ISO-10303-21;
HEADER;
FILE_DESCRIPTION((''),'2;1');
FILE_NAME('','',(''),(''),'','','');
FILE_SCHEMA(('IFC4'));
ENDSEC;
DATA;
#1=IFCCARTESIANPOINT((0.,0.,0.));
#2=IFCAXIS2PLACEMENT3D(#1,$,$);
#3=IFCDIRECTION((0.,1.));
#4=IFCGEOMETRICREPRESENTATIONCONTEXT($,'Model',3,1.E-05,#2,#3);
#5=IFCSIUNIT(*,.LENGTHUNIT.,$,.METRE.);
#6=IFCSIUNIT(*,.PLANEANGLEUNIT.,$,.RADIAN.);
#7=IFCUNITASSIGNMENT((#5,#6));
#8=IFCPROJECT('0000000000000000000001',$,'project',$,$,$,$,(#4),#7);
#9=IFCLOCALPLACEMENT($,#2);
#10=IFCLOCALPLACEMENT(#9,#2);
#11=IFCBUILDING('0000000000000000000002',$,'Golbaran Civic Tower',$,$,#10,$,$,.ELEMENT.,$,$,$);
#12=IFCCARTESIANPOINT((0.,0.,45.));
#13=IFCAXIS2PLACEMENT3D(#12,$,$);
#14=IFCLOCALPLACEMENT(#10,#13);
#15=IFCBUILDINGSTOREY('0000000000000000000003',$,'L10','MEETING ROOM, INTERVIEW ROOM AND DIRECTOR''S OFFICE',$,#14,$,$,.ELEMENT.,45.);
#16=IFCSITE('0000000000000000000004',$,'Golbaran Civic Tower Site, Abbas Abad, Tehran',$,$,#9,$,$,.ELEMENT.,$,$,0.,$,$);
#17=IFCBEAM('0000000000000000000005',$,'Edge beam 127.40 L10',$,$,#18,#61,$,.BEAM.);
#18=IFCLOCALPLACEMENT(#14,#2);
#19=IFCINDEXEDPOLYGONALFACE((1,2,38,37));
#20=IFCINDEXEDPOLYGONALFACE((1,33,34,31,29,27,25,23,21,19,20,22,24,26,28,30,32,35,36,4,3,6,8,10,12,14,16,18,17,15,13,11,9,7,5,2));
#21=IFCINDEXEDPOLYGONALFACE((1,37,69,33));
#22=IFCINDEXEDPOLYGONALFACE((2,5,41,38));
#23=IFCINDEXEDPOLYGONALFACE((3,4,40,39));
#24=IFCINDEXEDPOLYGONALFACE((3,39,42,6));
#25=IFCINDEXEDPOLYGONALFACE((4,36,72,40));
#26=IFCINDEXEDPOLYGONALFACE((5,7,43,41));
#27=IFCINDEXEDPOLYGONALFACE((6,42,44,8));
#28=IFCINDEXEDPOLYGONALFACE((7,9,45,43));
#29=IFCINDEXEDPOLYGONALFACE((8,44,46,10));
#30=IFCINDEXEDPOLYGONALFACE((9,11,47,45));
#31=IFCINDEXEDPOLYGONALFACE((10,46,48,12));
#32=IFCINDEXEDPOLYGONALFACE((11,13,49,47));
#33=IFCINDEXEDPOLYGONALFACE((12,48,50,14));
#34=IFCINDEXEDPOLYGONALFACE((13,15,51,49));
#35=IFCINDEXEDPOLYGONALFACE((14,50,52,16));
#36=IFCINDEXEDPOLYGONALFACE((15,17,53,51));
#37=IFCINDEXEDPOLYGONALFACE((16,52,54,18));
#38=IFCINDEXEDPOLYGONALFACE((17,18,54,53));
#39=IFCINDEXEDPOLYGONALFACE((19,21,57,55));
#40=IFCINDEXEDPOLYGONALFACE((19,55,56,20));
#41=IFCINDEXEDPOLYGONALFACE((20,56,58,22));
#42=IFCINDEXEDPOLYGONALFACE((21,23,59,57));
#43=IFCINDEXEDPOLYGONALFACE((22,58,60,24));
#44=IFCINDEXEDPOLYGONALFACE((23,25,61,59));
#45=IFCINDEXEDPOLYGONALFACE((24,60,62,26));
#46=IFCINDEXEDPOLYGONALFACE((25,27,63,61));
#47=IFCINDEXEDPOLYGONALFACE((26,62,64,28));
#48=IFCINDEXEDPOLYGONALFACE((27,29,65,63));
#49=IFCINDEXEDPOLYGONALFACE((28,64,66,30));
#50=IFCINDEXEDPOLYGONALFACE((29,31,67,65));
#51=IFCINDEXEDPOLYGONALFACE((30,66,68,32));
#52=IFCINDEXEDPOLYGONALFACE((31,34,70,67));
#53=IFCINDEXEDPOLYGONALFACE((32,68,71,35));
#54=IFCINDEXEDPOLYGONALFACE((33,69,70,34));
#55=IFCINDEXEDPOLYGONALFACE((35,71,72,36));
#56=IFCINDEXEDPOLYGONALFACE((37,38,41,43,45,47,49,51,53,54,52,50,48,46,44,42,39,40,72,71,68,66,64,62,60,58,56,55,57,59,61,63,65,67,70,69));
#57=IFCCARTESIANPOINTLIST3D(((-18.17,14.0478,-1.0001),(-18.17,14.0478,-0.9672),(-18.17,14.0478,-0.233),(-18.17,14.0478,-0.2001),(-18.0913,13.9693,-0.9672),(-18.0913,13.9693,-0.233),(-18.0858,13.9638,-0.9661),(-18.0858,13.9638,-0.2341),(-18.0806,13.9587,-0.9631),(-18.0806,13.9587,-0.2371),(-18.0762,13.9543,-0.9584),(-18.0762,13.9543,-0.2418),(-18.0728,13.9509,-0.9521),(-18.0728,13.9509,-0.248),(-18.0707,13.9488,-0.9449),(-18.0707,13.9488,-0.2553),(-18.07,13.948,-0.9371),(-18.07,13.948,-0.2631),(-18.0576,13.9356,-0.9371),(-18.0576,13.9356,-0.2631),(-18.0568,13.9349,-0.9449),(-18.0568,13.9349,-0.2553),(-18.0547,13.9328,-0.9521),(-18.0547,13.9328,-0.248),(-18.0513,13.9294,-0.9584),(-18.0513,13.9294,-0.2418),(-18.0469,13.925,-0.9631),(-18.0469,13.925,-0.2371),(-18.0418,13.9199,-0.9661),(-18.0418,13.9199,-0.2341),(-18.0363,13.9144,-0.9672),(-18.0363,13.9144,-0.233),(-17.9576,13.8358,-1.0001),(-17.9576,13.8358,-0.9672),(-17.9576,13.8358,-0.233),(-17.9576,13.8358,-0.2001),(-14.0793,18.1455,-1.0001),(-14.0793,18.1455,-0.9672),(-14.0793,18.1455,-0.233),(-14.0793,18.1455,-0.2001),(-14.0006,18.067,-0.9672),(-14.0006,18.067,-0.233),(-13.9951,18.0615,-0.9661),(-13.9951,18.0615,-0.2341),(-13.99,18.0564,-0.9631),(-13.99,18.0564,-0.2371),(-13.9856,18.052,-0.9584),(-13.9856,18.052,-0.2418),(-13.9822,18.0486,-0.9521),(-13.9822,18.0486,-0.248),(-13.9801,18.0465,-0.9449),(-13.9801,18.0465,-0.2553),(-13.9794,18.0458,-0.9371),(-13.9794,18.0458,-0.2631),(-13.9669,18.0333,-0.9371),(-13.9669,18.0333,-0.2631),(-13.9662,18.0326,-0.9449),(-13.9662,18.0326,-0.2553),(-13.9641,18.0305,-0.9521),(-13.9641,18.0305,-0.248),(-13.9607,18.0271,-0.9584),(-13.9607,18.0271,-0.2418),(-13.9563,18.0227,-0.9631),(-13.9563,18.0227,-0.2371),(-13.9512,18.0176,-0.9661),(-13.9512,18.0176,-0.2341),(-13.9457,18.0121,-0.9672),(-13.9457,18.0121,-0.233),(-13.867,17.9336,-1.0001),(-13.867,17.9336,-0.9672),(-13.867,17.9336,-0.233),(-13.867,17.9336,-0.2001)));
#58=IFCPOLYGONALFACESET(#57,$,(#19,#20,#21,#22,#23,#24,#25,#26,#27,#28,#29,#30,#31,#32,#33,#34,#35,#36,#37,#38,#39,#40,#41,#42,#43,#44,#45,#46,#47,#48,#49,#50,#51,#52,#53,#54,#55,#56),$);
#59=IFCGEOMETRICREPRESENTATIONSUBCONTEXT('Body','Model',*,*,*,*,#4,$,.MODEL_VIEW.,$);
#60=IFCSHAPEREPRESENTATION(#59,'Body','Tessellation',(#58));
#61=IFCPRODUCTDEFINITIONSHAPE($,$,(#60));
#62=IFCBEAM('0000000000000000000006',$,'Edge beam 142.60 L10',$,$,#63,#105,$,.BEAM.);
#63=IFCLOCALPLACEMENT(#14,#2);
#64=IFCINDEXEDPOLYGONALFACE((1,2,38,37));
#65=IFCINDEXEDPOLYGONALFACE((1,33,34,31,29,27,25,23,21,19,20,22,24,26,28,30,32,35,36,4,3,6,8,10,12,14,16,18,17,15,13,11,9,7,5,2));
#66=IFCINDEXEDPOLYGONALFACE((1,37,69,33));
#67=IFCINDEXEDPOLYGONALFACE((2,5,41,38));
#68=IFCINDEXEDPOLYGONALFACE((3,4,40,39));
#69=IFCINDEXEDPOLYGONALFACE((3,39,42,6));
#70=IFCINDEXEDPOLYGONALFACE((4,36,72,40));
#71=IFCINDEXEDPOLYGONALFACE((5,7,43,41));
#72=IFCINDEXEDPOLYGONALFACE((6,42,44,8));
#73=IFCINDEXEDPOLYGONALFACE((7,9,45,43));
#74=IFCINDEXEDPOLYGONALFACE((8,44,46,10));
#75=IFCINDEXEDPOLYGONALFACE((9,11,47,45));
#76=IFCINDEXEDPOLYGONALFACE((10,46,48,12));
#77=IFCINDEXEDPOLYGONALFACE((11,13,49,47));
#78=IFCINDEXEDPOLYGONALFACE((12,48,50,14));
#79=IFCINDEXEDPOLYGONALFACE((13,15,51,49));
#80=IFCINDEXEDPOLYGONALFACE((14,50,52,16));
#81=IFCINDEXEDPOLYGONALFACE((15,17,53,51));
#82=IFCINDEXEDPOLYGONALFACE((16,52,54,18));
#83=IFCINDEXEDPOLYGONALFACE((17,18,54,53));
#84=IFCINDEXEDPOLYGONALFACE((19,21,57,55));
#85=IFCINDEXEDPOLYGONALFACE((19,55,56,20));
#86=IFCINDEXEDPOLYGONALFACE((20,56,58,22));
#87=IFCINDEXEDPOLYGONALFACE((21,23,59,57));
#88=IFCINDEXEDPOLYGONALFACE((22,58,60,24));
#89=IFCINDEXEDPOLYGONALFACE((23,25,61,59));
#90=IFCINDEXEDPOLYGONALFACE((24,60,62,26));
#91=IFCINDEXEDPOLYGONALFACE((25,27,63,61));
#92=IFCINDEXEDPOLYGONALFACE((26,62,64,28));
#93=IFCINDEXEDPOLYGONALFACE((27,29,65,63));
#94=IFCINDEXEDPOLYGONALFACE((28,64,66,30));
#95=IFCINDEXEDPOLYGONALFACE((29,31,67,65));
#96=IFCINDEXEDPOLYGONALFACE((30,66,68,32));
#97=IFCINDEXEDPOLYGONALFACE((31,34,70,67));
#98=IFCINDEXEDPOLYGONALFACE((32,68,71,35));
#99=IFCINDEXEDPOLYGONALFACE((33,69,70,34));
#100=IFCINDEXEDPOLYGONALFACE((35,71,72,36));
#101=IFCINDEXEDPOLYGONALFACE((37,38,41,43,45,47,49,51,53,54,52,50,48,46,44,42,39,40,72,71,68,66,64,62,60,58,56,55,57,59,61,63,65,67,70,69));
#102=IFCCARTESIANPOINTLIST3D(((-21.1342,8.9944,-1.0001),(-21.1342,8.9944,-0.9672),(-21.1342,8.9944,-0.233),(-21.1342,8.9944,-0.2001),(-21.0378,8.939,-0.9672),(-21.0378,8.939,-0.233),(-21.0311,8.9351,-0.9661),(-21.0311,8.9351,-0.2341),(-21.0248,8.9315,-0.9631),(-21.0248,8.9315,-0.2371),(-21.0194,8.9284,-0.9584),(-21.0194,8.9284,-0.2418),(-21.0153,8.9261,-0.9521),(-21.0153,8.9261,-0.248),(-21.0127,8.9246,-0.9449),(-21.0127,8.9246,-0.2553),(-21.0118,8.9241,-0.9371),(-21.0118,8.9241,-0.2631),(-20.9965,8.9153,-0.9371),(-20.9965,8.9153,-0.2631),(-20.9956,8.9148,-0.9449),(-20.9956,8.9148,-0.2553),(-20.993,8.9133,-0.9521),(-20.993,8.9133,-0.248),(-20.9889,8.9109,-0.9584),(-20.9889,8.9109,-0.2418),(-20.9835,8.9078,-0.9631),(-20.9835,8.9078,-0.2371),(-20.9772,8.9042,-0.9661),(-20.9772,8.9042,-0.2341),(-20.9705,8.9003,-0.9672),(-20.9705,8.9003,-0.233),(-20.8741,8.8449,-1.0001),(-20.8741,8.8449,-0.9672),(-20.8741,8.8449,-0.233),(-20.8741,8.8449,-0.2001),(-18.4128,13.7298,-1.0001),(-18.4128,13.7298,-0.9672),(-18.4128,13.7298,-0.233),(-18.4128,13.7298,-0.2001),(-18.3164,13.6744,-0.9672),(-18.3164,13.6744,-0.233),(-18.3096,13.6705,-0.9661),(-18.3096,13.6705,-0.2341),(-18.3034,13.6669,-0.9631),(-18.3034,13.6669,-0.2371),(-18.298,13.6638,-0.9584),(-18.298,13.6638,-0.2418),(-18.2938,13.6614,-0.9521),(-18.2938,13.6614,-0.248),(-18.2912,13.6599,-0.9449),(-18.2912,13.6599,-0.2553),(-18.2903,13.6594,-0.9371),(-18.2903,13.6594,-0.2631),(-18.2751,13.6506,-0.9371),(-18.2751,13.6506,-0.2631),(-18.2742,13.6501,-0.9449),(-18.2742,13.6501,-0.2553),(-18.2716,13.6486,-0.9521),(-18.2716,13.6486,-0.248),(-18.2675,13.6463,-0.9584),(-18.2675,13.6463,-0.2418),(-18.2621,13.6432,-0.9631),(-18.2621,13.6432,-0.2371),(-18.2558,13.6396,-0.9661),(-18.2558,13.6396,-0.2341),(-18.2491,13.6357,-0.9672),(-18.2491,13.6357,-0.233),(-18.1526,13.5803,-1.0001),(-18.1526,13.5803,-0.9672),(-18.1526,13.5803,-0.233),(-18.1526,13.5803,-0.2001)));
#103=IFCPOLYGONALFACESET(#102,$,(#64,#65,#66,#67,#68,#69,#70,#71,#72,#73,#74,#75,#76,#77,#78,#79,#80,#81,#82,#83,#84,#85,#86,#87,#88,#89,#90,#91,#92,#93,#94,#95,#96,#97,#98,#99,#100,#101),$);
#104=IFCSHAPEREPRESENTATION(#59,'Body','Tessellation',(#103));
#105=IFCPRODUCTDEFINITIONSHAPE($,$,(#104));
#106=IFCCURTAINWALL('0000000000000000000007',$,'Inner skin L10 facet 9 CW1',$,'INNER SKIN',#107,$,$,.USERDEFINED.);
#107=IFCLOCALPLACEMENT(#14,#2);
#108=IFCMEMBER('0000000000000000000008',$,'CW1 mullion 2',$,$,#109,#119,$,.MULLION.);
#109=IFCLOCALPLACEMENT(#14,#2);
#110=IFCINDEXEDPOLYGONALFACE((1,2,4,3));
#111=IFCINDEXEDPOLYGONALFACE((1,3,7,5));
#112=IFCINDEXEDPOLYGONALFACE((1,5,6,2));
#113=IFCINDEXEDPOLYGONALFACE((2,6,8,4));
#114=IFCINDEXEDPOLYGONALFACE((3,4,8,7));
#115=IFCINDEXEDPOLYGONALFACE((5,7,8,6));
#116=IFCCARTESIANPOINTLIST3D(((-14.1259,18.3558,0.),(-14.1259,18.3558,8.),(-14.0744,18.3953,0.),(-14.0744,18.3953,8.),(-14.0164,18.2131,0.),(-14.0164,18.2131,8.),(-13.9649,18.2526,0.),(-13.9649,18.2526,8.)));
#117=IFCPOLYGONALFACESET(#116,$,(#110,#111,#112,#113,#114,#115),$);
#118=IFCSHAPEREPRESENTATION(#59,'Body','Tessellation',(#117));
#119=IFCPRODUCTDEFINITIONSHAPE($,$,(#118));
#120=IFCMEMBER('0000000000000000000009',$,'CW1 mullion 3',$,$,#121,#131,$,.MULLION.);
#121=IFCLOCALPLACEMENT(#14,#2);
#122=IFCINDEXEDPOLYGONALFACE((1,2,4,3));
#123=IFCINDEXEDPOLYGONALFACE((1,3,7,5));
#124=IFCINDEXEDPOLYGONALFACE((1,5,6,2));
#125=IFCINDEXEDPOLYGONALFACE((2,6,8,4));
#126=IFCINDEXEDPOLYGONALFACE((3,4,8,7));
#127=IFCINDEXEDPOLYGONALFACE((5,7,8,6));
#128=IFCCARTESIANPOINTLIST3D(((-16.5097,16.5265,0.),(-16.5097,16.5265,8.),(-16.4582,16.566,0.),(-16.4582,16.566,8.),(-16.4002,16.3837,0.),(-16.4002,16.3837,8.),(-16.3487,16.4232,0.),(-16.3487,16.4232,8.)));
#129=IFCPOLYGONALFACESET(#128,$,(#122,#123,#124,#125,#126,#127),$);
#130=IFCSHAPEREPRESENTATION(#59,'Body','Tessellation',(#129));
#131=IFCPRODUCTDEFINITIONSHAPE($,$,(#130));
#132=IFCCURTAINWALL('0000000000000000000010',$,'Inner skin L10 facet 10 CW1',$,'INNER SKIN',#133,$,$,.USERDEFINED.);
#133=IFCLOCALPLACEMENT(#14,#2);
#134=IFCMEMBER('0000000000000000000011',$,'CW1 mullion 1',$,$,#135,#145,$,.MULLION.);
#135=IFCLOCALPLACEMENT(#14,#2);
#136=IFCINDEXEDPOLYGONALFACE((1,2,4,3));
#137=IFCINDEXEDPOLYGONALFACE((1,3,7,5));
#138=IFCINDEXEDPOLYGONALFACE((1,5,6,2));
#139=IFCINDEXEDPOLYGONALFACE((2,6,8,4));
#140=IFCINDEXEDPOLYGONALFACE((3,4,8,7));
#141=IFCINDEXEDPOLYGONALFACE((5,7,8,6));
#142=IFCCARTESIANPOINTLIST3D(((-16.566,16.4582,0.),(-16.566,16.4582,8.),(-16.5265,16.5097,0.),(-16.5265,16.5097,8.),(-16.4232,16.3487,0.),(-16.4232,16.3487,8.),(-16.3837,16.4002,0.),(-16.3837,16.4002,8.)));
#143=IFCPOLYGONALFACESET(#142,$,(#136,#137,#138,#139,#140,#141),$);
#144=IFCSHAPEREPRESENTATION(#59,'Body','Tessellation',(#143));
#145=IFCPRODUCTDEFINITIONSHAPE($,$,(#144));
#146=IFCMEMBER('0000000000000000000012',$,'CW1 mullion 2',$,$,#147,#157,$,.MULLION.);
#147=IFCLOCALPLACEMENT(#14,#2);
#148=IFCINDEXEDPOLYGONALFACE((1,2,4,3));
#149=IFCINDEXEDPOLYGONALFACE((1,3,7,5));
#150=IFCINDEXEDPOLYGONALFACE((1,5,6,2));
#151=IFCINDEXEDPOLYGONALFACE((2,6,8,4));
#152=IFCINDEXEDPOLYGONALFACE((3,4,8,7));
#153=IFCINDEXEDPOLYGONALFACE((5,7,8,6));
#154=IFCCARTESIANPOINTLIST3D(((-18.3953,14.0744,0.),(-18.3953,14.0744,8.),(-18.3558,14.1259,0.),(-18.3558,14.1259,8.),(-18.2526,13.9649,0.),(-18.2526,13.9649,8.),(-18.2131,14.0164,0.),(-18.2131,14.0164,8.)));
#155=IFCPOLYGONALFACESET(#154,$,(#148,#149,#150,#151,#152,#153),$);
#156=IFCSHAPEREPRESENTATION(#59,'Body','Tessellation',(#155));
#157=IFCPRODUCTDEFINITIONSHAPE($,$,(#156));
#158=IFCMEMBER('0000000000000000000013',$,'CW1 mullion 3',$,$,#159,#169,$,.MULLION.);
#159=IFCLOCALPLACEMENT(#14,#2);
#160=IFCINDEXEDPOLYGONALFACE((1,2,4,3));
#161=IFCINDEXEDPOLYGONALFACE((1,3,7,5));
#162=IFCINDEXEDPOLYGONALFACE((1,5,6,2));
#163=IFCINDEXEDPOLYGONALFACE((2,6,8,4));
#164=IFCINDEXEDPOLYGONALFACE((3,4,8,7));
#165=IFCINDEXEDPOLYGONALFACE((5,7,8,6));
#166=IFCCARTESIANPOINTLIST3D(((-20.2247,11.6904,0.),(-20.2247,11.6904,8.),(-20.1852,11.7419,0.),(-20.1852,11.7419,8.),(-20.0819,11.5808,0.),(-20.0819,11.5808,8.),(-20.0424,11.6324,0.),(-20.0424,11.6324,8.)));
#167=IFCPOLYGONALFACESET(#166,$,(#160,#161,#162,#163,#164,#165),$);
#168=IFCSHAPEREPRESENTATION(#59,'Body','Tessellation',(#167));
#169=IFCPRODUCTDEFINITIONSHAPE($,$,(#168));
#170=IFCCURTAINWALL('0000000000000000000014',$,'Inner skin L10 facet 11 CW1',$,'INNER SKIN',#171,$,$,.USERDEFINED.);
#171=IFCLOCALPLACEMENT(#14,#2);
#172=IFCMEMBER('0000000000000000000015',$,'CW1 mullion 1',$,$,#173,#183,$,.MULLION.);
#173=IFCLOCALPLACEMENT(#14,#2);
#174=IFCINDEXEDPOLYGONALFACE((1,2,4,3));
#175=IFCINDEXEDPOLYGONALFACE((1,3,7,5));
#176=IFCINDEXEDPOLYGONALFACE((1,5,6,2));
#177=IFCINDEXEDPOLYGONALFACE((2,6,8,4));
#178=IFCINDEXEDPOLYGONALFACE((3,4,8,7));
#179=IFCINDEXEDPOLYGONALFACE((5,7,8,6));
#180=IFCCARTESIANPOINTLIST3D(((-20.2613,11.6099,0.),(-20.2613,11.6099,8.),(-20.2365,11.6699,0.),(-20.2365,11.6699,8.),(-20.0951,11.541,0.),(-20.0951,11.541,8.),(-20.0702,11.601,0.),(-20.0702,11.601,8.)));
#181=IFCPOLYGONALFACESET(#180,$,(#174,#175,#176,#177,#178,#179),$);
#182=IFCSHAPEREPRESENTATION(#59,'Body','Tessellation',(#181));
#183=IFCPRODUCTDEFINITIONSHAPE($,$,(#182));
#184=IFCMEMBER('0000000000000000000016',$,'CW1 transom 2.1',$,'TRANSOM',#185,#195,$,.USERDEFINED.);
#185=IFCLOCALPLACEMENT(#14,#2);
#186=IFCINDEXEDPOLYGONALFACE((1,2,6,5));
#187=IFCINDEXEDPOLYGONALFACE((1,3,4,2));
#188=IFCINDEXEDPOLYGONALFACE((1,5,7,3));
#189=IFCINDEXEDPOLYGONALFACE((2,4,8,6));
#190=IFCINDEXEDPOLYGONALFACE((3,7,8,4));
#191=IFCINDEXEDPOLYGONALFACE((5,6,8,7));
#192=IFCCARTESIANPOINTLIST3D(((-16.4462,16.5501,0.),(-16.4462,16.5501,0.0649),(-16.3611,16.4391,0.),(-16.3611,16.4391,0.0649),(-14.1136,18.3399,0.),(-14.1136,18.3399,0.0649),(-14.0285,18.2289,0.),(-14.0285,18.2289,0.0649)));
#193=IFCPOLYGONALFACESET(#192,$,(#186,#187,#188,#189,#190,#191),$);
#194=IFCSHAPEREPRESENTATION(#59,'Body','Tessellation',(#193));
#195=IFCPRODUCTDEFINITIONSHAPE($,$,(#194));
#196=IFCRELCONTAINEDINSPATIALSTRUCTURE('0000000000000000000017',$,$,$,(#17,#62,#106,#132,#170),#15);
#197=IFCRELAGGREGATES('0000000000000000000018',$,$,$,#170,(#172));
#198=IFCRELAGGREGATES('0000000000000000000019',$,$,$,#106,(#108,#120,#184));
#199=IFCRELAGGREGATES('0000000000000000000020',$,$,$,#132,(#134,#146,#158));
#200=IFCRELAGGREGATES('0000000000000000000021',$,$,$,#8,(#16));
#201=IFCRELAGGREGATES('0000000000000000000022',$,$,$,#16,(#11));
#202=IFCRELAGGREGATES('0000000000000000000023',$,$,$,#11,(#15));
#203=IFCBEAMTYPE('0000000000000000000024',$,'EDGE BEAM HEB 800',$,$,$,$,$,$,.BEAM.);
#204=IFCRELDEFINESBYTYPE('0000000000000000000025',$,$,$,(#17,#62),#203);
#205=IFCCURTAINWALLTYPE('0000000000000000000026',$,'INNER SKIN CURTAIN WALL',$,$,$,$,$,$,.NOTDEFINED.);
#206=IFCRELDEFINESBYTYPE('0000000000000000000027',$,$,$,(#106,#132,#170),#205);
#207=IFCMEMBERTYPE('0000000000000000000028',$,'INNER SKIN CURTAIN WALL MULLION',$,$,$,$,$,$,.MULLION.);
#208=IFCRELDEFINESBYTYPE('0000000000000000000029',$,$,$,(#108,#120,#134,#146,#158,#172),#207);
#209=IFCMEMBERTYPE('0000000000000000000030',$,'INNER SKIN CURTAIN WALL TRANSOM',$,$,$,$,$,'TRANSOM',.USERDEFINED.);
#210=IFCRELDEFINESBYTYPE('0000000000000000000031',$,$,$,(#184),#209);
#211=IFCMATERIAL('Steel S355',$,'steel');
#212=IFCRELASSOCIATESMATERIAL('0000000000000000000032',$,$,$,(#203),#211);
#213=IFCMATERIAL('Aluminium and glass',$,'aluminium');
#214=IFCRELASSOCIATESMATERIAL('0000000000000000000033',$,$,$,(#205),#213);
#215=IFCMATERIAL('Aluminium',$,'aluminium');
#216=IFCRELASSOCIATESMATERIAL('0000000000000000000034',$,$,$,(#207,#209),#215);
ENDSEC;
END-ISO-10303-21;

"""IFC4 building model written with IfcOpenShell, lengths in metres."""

from ifc_helpers import new_model, si_unit, direction, frame, origin, origin_2d, place, context, subcontext, project, spatial, rectangle, i_section, extrude, material, material_profile, profile_set, type_object, element, aggregate, save


model = new_model("IFC4")

# Units and contexts
model_context = context("Model", 3, precision=1e-05, world=origin(), true_north=direction((0.0, 1.0)))
body_context = subcontext(model_context, "Body", "Model", "MODEL_VIEW")
ifc_project = project(units=[si_unit("LENGTHUNIT", "METRE"), si_unit("PLANEANGLEUNIT", "RADIAN")], contexts=[model_context])

# Site, building, storey
site_placement = place(None, origin())
site = spatial("IfcSite", under=ifc_project, at=site_placement, Name="Golbaran Civic Tower Site, Abbas Abad, Tehran", CompositionType="ELEMENT", RefElevation=0.0)
building_placement = place(site_placement, origin())
building = spatial("IfcBuilding", under=site, at=building_placement, Name="Golbaran Civic Tower", CompositionType="ELEMENT")
storey_placement = place(building_placement, frame((0.0, 0.0, 45.0)))
storey = spatial("IfcBuildingStorey", under=building, at=storey_placement, Name="L10", Description="MEETING ROOM, INTERVIEW ROOM AND DIRECTOR'S OFFICE", CompositionType="ELEMENT", Elevation=45.0)

# Beams
ifc_material_1 = material(Name="Steel S355", Category="steel")
ifc_material_profile_1 = material_profile(ifc_material_1, i_section(OverallWidth=0.3, OverallDepth=0.8, WebThickness=0.0176, FlangeThickness=0.033, FilletRadius=0.03, at=origin_2d()), Name="HEB 800")
ifc_profile_set_1 = profile_set([ifc_material_profile_1], Name="Steel S355")
beam_type = type_object("IfcBeamType", Name="EDGE BEAM HEB 800", PredefinedType="BEAM", material=ifc_profile_set_1)
beam_1_placement = place(storey_placement, frame((-13.9731, 18.0396, -0.6001), z_axis=(-0.706495, -0.707718, 0.0), x_axis=(0.707718, -0.706495, 0.0)))
element("IfcBeam", 1, at=beam_1_placement, inside=storey, type_object=beam_type, Name="Edge beam 127.40 L10", PredefinedType="BEAM", context=body_context, shape_type="SweptSolid", body=[
    extrude(i_section(OverallWidth=0.3, OverallDepth=0.8, WebThickness=0.0176, FlangeThickness=0.033, FilletRadius=0.03, at=origin_2d()), origin(), (0.0, 0.0, 1.0), 5.79),
])
beam_2_placement = place(storey_placement, frame((-18.2827, 13.655, -0.6001), z_axis=(-0.49828, -0.867016, 0.0), x_axis=(0.867016, -0.49828, 0.0)))
element("IfcBeam", 2, at=beam_2_placement, inside=storey, type_object=beam_type, Name="Edge beam 142.60 L10", PredefinedType="BEAM", context=body_context, shape_type="SweptSolid", body=[
    extrude(i_section(OverallWidth=0.3, OverallDepth=0.8, WebThickness=0.0176, FlangeThickness=0.033, FilletRadius=0.03, at=origin_2d()), origin(), (0.0, 0.0, 1.0), 5.4617),
])

# Curtain walls, members
ifc_material_2 = material(Name="Aluminium and glass", Category="aluminium")
curtain_wall_type = type_object("IfcCurtainWallType", Name="INNER SKIN CURTAIN WALL", PredefinedType="NOTDEFINED", material=ifc_material_2)
curtain_wall_1_placement = place(storey_placement, origin())
curtain_wall_1 = element("IfcCurtainWall", 3, at=curtain_wall_1_placement, inside=storey, type_object=curtain_wall_type, Name="Inner skin L10 facet 9 CW1", ObjectType="INNER SKIN", PredefinedType="USERDEFINED")
ifc_material_3 = material(Name="Aluminium", Category="aluminium")
ifc_material_profile_2 = material_profile(ifc_material_3, rectangle(XDim=0.1799, YDim=0.0649, at=origin_2d()), Name="INNER SKIN CURTAIN WALL MULLION")
ifc_profile_set_2 = profile_set([ifc_material_profile_2], Name="Aluminium")
member_type_1 = type_object("IfcMemberType", Name="INNER SKIN CURTAIN WALL MULLION", PredefinedType="MULLION", material=ifc_profile_set_2)
member_1_placement = place(storey_placement, frame((-14.0454, 18.3042, 0.0), z_axis=(0.0, 0.0, 1.0), x_axis=(0.608761, -0.793353, 0.0)))
member_1 = element("IfcMember", 4, at=member_1_placement, type_object=member_type_1, Name="CW1 mullion 2", PredefinedType="MULLION", context=body_context, shape_type="SweptSolid", body=[
    extrude(rectangle(XDim=0.1799, YDim=0.0649, at=origin_2d()), origin(), (0.0, 0.0, 1.0), 8.0),
])
member_2_placement = place(storey_placement, frame((-16.4292, 16.4749, 0.0), z_axis=(0.0, 0.0, 1.0), x_axis=(0.608761, -0.793353, 0.0)))
member_2 = element("IfcMember", 5, at=member_2_placement, type_object=member_type_1, Name="CW1 mullion 3", PredefinedType="MULLION", context=body_context, shape_type="SweptSolid", body=[
    extrude(rectangle(XDim=0.1799, YDim=0.0649, at=origin_2d()), origin(), (0.0, 0.0, 1.0), 8.0),
])
curtain_wall_2_placement = place(storey_placement, origin())
curtain_wall_2 = element("IfcCurtainWall", 6, at=curtain_wall_2_placement, inside=storey, type_object=curtain_wall_type, Name="Inner skin L10 facet 10 CW1", ObjectType="INNER SKIN", PredefinedType="USERDEFINED")
member_3_placement = place(storey_placement, frame((-16.4749, 16.4292, 0.0), z_axis=(0.0, 0.0, 1.0), x_axis=(0.793353, -0.608761, 0.0)))
member_3 = element("IfcMember", 7, at=member_3_placement, type_object=member_type_1, Name="CW1 mullion 1", PredefinedType="MULLION", context=body_context, shape_type="SweptSolid", body=[
    extrude(rectangle(XDim=0.1799, YDim=0.0649, at=origin_2d()), origin(), (0.0, 0.0, 1.0), 8.0),
])
member_4_placement = place(storey_placement, frame((-18.3042, 14.0454, 0.0), z_axis=(0.0, 0.0, 1.0), x_axis=(0.793353, -0.608761, 0.0)))
member_4 = element("IfcMember", 8, at=member_4_placement, type_object=member_type_1, Name="CW1 mullion 2", PredefinedType="MULLION", context=body_context, shape_type="SweptSolid", body=[
    extrude(rectangle(XDim=0.1799, YDim=0.0649, at=origin_2d()), origin(), (0.0, 0.0, 1.0), 8.0),
])
member_5_placement = place(storey_placement, frame((-20.1335, 11.6614, 0.0), z_axis=(0.0, 0.0, 1.0), x_axis=(0.793353, -0.608761, 0.0)))
member_5 = element("IfcMember", 9, at=member_5_placement, type_object=member_type_1, Name="CW1 mullion 3", PredefinedType="MULLION", context=body_context, shape_type="SweptSolid", body=[
    extrude(rectangle(XDim=0.1799, YDim=0.0649, at=origin_2d()), origin(), (0.0, 0.0, 1.0), 8.0),
])

# Curtain wall, member
curtain_wall_3_placement = place(storey_placement, origin())
curtain_wall_3 = element("IfcCurtainWall", 10, at=curtain_wall_3_placement, inside=storey, type_object=curtain_wall_type, Name="Inner skin L10 facet 11 CW1", ObjectType="INNER SKIN", PredefinedType="USERDEFINED")
member_6_placement = place(storey_placement, frame((-20.1658, 11.6055, 0.0), z_axis=(0.0, 0.0, 1.0), x_axis=(0.92388, -0.382683, 0.0)))
member_6 = element("IfcMember", 11, at=member_6_placement, type_object=member_type_1, Name="CW1 mullion 1", PredefinedType="MULLION", context=body_context, shape_type="SweptSolid", body=[
    extrude(rectangle(XDim=0.1799, YDim=0.0649, at=origin_2d()), origin(), (0.0, 0.0, 1.0), 8.0),
])

# Member
ifc_material_profile_3 = material_profile(ifc_material_3, rectangle(XDim=0.1399, YDim=0.0649, at=origin_2d()), Name="INNER SKIN CURTAIN WALL TRANSOM")
ifc_profile_set_3 = profile_set([ifc_material_profile_3], Name="Aluminium")
member_type_2 = type_object("IfcMemberType", Name="INNER SKIN CURTAIN WALL TRANSOM", ElementType="TRANSOM", PredefinedType="USERDEFINED", material=ifc_profile_set_3)
member_7_placement = place(storey_placement, frame((-14.071, 18.2844, 0.0325), z_axis=(-0.793355, -0.608759, 0.0), x_axis=(0.608759, -0.793355, 0.0)))
member_7 = element("IfcMember", 12, at=member_7_placement, type_object=member_type_2, Name="CW1 transom 2.1", ObjectType="TRANSOM", PredefinedType="USERDEFINED", context=body_context, shape_type="SweptSolid", body=[
    extrude(rectangle(XDim=0.1399, YDim=0.0649, at=origin_2d()), origin(), (0.0, 0.0, 1.0), 2.9402),
])

aggregate(curtain_wall_3, [member_6])
aggregate(curtain_wall_1, [member_1, member_2, member_7])
aggregate(curtain_wall_2, [member_3, member_4, member_5])

save(model, "model.ifc")
